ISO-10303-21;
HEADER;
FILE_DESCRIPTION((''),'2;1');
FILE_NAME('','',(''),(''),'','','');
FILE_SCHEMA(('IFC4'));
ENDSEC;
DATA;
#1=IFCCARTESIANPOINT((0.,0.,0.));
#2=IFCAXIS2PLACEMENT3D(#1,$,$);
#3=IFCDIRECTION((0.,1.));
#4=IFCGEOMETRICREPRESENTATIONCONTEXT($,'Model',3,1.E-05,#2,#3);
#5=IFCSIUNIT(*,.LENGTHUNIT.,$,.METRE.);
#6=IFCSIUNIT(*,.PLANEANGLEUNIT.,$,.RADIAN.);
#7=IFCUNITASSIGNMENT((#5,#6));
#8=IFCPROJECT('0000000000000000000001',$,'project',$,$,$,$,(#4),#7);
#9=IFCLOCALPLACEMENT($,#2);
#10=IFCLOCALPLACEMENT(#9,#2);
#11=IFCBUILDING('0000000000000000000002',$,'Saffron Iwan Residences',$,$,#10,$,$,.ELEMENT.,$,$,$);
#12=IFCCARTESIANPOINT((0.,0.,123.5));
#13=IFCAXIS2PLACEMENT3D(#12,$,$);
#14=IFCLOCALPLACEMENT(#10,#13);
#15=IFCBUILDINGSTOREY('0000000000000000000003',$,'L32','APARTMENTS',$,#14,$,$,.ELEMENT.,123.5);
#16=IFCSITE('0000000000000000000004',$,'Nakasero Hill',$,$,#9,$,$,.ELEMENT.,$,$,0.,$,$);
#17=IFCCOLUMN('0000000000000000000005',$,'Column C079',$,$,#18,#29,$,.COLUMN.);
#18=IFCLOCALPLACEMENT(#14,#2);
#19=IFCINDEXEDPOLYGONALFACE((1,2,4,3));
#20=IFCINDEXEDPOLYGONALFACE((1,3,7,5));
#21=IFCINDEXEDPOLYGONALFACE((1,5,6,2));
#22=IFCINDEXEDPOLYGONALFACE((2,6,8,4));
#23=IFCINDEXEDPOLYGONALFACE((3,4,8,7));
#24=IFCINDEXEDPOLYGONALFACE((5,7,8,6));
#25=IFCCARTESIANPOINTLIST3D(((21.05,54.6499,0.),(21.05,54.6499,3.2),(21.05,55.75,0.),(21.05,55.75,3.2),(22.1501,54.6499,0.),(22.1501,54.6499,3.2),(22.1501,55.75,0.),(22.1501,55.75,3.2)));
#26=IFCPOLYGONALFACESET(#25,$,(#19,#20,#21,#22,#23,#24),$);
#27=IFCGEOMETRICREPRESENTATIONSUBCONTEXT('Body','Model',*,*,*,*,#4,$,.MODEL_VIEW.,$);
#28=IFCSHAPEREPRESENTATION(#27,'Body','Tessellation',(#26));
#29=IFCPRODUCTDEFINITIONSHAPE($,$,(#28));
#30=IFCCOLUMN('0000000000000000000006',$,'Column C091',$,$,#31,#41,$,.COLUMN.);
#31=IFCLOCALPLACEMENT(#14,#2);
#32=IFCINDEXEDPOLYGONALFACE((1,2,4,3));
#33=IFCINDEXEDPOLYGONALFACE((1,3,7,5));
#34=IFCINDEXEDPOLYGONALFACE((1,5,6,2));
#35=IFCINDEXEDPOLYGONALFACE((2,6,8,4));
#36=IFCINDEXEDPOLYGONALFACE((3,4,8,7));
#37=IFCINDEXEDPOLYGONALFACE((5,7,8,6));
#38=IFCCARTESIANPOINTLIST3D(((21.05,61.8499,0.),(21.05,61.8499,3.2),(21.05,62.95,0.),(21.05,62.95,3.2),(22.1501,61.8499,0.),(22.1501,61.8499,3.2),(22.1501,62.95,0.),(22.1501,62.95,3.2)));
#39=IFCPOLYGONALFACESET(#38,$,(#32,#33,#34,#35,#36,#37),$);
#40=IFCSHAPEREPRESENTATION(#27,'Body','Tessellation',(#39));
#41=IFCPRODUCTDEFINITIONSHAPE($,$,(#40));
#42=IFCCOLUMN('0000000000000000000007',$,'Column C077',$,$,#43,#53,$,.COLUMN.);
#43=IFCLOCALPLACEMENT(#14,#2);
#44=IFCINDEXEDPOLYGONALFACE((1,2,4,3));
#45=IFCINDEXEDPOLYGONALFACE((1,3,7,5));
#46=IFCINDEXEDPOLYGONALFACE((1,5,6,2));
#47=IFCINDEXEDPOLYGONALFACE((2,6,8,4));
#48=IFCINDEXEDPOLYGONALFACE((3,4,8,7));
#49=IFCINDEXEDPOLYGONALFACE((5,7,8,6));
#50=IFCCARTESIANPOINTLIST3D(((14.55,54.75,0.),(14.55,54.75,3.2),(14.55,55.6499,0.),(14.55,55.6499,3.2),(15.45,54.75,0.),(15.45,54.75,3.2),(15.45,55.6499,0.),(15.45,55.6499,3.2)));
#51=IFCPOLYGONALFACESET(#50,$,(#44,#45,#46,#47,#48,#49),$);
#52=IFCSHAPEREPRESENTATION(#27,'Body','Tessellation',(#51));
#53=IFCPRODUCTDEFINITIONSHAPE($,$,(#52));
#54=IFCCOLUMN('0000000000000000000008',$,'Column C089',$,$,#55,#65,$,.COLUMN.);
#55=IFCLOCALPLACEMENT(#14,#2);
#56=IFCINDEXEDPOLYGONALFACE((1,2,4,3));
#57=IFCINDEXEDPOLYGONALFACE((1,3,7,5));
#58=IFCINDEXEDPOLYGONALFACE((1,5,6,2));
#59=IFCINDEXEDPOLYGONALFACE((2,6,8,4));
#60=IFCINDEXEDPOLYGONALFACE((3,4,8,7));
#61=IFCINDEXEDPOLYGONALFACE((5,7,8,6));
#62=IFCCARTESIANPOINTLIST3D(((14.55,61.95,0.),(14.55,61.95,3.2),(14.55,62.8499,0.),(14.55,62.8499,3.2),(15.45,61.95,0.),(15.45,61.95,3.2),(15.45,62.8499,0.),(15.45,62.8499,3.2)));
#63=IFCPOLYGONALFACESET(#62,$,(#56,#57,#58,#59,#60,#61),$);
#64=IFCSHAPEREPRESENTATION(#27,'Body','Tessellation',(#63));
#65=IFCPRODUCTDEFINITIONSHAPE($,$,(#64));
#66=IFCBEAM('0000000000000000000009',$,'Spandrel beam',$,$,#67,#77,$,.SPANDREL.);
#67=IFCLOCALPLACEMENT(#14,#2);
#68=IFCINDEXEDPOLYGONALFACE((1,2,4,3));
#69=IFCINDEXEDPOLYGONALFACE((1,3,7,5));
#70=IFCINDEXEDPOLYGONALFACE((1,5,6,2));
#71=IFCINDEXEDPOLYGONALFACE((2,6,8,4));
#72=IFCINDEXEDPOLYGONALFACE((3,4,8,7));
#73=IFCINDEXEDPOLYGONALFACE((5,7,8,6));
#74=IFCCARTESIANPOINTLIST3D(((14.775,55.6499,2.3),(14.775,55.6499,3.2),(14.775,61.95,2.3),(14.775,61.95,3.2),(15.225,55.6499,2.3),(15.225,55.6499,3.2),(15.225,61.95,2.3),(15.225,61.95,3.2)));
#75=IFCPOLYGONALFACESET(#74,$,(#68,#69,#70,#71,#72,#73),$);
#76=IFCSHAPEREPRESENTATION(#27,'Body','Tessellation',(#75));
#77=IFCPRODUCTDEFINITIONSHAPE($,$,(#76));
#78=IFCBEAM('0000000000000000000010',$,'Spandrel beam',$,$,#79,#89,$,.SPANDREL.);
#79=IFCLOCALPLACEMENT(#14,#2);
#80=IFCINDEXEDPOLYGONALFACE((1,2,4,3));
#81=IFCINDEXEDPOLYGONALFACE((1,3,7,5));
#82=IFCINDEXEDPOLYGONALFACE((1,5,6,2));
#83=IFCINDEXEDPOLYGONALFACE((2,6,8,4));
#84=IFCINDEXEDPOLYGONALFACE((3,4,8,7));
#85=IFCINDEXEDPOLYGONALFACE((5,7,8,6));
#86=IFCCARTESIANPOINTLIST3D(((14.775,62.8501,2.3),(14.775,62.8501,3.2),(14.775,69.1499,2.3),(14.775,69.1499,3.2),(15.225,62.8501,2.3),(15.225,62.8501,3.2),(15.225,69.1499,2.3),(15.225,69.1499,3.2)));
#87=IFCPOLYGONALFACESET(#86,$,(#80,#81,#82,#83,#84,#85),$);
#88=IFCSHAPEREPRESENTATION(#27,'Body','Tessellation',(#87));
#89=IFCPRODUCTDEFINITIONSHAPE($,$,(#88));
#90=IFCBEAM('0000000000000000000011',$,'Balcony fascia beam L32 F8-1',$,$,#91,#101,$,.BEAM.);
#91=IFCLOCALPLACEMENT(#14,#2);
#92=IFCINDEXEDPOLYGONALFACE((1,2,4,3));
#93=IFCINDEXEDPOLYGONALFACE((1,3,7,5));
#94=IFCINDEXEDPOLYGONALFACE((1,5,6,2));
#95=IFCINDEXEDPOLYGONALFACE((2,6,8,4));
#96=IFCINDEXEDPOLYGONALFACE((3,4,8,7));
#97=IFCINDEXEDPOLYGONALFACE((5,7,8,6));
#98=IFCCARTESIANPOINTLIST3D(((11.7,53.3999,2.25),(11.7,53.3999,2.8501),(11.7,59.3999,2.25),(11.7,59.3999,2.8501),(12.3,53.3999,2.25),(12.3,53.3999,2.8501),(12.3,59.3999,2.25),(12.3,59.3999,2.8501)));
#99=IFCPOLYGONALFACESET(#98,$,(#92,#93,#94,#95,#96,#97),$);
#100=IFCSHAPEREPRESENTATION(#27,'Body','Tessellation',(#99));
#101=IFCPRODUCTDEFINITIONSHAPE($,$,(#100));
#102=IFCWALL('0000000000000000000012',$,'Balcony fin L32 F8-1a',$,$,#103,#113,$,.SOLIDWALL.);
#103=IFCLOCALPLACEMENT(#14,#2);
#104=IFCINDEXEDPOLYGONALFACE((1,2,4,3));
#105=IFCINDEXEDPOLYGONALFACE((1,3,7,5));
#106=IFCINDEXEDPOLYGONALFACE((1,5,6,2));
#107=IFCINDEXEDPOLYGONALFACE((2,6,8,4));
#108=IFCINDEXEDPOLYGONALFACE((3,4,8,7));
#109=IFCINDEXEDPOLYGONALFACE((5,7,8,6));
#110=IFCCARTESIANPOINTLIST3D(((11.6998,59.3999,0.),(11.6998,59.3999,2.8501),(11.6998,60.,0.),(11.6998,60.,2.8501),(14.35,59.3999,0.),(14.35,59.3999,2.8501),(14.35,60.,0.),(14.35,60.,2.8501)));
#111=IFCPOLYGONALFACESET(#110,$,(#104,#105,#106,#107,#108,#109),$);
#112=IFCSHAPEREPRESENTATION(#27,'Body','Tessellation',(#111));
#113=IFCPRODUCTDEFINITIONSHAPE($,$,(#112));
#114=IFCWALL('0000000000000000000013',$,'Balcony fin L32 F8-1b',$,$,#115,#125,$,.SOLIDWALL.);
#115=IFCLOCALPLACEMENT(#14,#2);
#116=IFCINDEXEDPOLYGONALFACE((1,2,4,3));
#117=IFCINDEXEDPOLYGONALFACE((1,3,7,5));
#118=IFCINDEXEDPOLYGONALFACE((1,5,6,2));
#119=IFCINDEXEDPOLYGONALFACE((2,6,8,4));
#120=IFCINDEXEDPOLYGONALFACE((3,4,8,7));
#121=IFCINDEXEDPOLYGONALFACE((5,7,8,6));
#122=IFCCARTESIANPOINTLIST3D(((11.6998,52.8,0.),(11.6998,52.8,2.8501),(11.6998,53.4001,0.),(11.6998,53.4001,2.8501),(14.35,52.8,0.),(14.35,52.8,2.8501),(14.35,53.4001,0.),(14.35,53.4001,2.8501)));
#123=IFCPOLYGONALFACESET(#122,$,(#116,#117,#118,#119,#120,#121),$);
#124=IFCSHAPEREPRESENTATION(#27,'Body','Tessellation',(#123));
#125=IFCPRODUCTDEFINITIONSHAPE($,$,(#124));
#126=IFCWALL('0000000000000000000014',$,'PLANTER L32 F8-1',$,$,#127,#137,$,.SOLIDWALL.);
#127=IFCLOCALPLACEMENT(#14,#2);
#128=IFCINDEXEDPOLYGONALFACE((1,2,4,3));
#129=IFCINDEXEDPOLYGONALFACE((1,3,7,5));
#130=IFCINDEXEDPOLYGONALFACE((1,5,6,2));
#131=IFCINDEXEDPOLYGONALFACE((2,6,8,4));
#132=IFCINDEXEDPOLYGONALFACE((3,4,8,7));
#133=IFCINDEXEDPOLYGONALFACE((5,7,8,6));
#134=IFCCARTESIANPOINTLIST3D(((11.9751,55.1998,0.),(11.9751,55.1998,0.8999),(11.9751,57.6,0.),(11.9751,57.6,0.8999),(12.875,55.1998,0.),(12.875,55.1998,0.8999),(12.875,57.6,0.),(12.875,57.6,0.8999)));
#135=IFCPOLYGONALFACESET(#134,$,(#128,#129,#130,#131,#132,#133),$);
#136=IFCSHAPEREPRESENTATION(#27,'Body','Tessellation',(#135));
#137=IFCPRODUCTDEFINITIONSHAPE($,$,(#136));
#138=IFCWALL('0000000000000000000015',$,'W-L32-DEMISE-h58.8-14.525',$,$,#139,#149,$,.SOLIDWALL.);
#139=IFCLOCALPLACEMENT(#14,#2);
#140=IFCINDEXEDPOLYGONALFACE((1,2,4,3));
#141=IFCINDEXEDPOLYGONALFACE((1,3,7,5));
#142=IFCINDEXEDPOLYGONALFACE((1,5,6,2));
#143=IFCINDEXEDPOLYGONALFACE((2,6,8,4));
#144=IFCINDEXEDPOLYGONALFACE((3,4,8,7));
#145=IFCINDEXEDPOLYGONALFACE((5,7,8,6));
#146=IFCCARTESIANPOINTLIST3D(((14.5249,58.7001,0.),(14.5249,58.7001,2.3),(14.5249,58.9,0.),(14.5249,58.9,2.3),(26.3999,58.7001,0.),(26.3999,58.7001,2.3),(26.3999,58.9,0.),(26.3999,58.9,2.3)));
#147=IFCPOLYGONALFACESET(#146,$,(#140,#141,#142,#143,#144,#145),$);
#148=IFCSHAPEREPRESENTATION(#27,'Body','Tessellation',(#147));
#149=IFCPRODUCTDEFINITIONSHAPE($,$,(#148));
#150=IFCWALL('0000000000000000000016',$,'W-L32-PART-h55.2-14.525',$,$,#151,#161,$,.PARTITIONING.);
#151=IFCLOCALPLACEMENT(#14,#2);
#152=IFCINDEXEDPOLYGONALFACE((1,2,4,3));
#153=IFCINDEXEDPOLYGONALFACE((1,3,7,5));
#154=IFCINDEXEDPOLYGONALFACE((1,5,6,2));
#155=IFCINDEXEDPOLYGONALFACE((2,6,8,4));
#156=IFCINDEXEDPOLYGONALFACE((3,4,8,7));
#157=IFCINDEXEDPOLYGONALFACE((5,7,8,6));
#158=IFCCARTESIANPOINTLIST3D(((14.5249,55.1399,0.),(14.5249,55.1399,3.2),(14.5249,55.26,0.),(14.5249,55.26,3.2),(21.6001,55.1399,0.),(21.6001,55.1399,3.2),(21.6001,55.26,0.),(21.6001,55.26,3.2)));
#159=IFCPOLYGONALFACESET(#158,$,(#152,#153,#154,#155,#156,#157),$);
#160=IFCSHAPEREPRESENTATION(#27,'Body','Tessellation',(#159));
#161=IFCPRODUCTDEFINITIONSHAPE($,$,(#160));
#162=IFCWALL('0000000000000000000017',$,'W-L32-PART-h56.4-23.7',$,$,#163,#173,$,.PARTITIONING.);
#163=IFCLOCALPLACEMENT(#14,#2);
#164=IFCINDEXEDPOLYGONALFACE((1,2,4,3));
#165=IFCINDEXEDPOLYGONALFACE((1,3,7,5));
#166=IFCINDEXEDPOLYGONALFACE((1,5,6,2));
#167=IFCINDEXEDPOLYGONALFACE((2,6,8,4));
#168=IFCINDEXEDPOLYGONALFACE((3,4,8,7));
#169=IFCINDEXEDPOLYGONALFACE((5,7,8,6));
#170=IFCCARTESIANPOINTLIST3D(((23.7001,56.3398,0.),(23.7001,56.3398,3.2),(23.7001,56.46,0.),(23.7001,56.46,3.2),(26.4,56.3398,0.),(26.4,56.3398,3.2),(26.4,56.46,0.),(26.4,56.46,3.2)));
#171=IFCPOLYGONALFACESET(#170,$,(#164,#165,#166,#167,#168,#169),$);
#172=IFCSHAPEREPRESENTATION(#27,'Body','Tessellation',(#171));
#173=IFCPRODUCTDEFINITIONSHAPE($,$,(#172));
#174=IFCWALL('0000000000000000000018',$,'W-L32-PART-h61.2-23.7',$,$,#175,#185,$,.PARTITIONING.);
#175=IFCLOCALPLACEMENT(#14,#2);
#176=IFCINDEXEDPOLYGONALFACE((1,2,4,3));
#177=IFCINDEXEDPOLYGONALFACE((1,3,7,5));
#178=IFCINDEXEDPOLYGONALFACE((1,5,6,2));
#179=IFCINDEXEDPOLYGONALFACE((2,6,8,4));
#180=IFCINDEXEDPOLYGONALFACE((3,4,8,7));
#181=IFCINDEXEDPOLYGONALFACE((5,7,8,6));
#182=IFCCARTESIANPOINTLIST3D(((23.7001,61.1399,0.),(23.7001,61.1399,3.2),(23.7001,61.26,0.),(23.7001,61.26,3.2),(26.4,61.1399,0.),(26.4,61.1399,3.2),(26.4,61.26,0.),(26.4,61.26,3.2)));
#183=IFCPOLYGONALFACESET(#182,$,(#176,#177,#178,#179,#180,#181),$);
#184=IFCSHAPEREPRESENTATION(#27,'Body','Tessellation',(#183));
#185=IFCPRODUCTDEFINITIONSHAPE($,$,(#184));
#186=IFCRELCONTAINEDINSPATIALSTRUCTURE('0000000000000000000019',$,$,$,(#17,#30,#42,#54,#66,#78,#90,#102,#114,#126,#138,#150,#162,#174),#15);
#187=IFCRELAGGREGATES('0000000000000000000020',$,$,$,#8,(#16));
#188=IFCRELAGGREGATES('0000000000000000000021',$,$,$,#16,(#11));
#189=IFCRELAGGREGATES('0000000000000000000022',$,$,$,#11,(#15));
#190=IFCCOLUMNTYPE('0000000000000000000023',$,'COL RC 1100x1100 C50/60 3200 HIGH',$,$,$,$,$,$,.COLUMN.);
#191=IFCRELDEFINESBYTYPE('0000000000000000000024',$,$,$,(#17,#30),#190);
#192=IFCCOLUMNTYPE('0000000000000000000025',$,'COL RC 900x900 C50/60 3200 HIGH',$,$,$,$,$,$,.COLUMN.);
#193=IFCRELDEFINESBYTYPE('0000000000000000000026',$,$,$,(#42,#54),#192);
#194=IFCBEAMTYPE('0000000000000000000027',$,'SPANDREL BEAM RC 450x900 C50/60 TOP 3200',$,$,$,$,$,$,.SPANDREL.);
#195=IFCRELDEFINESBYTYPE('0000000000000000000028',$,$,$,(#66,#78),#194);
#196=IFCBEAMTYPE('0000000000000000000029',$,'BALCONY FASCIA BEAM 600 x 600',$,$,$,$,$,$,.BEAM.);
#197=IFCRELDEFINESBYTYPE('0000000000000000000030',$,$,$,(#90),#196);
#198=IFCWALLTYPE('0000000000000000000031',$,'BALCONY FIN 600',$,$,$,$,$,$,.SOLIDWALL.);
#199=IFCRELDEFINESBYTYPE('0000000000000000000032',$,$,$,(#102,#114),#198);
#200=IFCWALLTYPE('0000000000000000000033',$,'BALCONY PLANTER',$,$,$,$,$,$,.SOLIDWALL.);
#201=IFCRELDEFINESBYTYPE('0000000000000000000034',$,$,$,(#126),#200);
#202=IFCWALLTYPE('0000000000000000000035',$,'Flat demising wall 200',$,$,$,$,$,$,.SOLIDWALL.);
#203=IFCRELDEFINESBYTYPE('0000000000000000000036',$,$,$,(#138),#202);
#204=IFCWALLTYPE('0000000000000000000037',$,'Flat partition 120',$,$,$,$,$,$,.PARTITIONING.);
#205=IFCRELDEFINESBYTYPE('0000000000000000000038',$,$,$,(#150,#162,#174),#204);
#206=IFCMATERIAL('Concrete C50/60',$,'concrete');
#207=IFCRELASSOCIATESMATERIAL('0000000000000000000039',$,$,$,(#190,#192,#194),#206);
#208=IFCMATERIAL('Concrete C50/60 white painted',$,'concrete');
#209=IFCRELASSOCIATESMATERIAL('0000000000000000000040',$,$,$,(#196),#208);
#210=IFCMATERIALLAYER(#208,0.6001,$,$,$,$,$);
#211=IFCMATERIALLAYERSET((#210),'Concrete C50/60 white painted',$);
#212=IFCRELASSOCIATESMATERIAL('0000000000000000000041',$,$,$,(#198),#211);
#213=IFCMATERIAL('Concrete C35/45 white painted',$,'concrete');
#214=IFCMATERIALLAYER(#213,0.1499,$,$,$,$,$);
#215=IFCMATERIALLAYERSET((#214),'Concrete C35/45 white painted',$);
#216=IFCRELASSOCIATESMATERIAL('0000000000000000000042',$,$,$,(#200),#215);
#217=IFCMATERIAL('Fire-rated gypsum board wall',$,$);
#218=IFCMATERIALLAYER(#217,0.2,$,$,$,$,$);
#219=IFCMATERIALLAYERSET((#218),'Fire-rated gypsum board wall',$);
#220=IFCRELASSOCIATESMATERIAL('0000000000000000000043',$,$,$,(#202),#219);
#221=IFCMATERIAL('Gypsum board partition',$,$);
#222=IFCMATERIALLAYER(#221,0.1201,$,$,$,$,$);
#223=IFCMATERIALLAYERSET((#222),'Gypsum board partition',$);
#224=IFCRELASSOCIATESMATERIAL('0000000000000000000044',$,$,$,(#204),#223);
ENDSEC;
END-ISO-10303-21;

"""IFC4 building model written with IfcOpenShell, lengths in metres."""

from ifc_helpers import new_model, si_unit, direction, frame, frame_2d, origin, origin_2d, place, context, subcontext, project, spatial, rectangle, extrude, source, transform, mapped, material, layer, layer_set, material_profile, profile_set, type_object, element, save


model = new_model("IFC4")

# Units and contexts
model_context = context("Model", 3, precision=1e-05, world=origin(), true_north=direction((0.0, 1.0)))
body_context = subcontext(model_context, "Body", "Model", "MODEL_VIEW")
ifc_project = project(units=[si_unit("LENGTHUNIT", "METRE"), si_unit("PLANEANGLEUNIT", "RADIAN")], contexts=[model_context])

# Site, building, storey
site_placement = place(None, origin())
site = spatial("IfcSite", under=ifc_project, at=site_placement, Name="Nakasero Hill", CompositionType="ELEMENT", RefElevation=0.0)
building_placement = place(site_placement, origin())
building = spatial("IfcBuilding", under=site, at=building_placement, Name="Saffron Iwan Residences", CompositionType="ELEMENT")
storey_placement = place(building_placement, frame((0.0, 0.0, 123.5)))
storey = spatial("IfcBuildingStorey", under=building, at=storey_placement, Name="L32", Description="APARTMENTS", CompositionType="ELEMENT", Elevation=123.5)

# Columns
ifc_material_1 = material(Name="Concrete C50/60", Category="concrete")
ifc_material_profile_1 = material_profile(ifc_material_1, rectangle(XDim=1.1001, YDim=1.1001, at=origin_2d()), Name="RC 1100x1100")
ifc_profile_set_1 = profile_set([ifc_material_profile_1], Name="Concrete C50/60")
column_type_1 = type_object("IfcColumnType", Name="COL RC 1100x1100 C50/60 3200 HIGH", PredefinedType="COLUMN", material=ifc_profile_set_1)
shared_shape_1 = source(origin(), body_context, "Body", "SweptSolid", [
    extrude(rectangle(XDim=1.1001, YDim=1.1001, at=origin_2d()), origin(), (0.0, 0.0, 1.0), 3.2),
])
for number, where, z_axis, x_axis, name in (
    (1, (21.6001, 55.2, 0.0), (0.0, 0.0, 1.0), (1.0, 0.0, 0.0), "Column C079"),
    (2, (21.6001, 62.3999, 0.0), (0.0, 0.0, 1.0), (1.0, 0.0, 0.0), "Column C091"),
):
    element("IfcColumn", number, at=place(storey_placement, frame(where, z_axis=z_axis, x_axis=x_axis)), inside=storey, type_object=column_type_1, Name=name, PredefinedType="COLUMN", context=body_context, shape_type="MappedRepresentation", body=[
        mapped(shared_shape_1, transform((0.0, 0.0, 0.0))),
    ])
ifc_material_profile_2 = material_profile(ifc_material_1, rectangle(XDim=0.8999, YDim=0.8999, at=origin_2d()), Name="RC 900x900")
ifc_profile_set_2 = profile_set([ifc_material_profile_2], Name="Concrete C50/60")
column_type_2 = type_object("IfcColumnType", Name="COL RC 900x900 C50/60 3200 HIGH", PredefinedType="COLUMN", material=ifc_profile_set_2)
shared_shape_2 = source(origin(), body_context, "Body", "SweptSolid", [
    extrude(rectangle(XDim=0.8999, YDim=0.8999, at=origin_2d()), origin(), (0.0, 0.0, 1.0), 3.2),
])
for number, where, z_axis, x_axis, name in (
    (3, (15.0, 55.2, 0.0), (0.0, 0.0, 1.0), (1.0, 0.0, 0.0), "Column C077"),
    (4, (15.0, 62.3999, 0.0), (0.0, 0.0, 1.0), (1.0, 0.0, 0.0), "Column C089"),
):
    element("IfcColumn", number, at=place(storey_placement, frame(where, z_axis=z_axis, x_axis=x_axis)), inside=storey, type_object=column_type_2, Name=name, PredefinedType="COLUMN", context=body_context, shape_type="MappedRepresentation", body=[
        mapped(shared_shape_2, transform((0.0, 0.0, 0.0))),
    ])

# Beams
ifc_material_profile_3 = material_profile(ifc_material_1, rectangle(XDim=0.45, YDim=0.8999, at=origin_2d()), Name="RC 450x900")
ifc_profile_set_3 = profile_set([ifc_material_profile_3], Name="Concrete C50/60")
beam_type_1 = type_object("IfcBeamType", Name="SPANDREL BEAM RC 450x900 C50/60 TOP 3200", PredefinedType="SPANDREL", material=ifc_profile_set_3)
shared_shape_3 = source(origin(), body_context, "Body", "SweptSolid", [
    extrude(rectangle(XDim=0.45, YDim=0.8999, at=origin_2d()), origin(), (0.0, 0.0, 1.0), 6.3),
])
beam_1_placement = place(storey_placement, frame((15.0, 55.6499, 2.75), z_axis=(0.0, 1.0, 0.0), x_axis=(-1.0, 0.0, 0.0)))
element("IfcBeam", 5, at=beam_1_placement, inside=storey, type_object=beam_type_1, Name="Spandrel beam", PredefinedType="SPANDREL", context=body_context, shape_type="MappedRepresentation", body=[
    mapped(shared_shape_3, transform((0.0, 0.0, 0.0))),
])
shared_shape_4 = source(origin(), body_context, "Body", "SweptSolid", [
    extrude(rectangle(XDim=0.45, YDim=0.8999, at=origin_2d()), origin(), (0.0, 0.0, 1.0), 6.2998),
])
beam_2_placement = place(storey_placement, frame((15.0, 62.8501, 2.75), z_axis=(0.0, 1.0, 0.0), x_axis=(-1.0, 0.0, 0.0)))
element("IfcBeam", 6, at=beam_2_placement, inside=storey, type_object=beam_type_1, Name="Spandrel beam", PredefinedType="SPANDREL", context=body_context, shape_type="MappedRepresentation", body=[
    mapped(shared_shape_4, transform((0.0, 0.0, 0.0))),
])
ifc_material_2 = material(Name="Concrete C50/60 white painted", Category="concrete")
ifc_material_profile_4 = material_profile(ifc_material_2, rectangle(XDim=0.6001, YDim=0.6001, at=origin_2d()), Name="BALCONY FASCIA BEAM 600 x 600")
ifc_profile_set_4 = profile_set([ifc_material_profile_4], Name="Concrete C50/60 white painted")
beam_type_2 = type_object("IfcBeamType", Name="BALCONY FASCIA BEAM 600 x 600", PredefinedType="BEAM", material=ifc_profile_set_4)
shared_shape_5 = source(origin(), body_context, "Body", "SweptSolid", [
    extrude(rectangle(XDim=0.6001, YDim=0.6001, at=origin_2d()), origin(), (0.0, 0.0, 1.0), 6.0),
])
beam_3_placement = place(storey_placement, frame((12.0, 59.3999, 2.55), z_axis=(0.0, -1.0, 0.0), x_axis=(1.0, 0.0, 0.0)))
element("IfcBeam", 7, at=beam_3_placement, inside=storey, type_object=beam_type_2, Name="Balcony fascia beam L32 F8-1", PredefinedType="BEAM", context=body_context, shape_type="MappedRepresentation", body=[
    mapped(shared_shape_5, transform((0.0, 0.0, 0.0))),
])

# Walls
ifc_layer_1 = layer(ifc_material_2, 0.6001)
ifc_layer_set_1 = layer_set([ifc_layer_1], Name="Concrete C50/60 white painted")
wall_type_1 = type_object("IfcWallType", Name="BALCONY FIN 600", PredefinedType="SOLIDWALL", material=ifc_layer_set_1)
for number, where, z_axis, x_axis, name in (
    (8, (14.3501, 59.7, 0.0), (0.0, 0.0, 1.0), (-1.0, 0.0, 0.0), "Balcony fin L32 F8-1a"),
    (9, (14.3501, 53.1001, 0.0), (0.0, 0.0, 1.0), (-1.0, 0.0, 0.0), "Balcony fin L32 F8-1b"),
):
    element("IfcWall", number, at=place(storey_placement, frame(where, z_axis=z_axis, x_axis=x_axis)), inside=storey, type_object=wall_type_1, Name=name, PredefinedType="SOLIDWALL", context=body_context, shape_type="SweptSolid", body=[
        extrude(rectangle(XDim=2.6501, YDim=0.6001, at=frame_2d((1.3252, 0.0))), origin(), (0.0, 0.0, 1.0), 2.8501),
    ])
ifc_material_3 = material(Name="Concrete C35/45 white painted", Category="concrete")
ifc_layer_2 = layer(ifc_material_3, 0.1499)
ifc_layer_set_2 = layer_set([ifc_layer_2], Name="Concrete C35/45 white painted")
wall_type_2 = type_object("IfcWallType", Name="BALCONY PLANTER", PredefinedType="SOLIDWALL", material=ifc_layer_set_2)
wall_1_placement = place(storey_placement, frame((12.425, 57.6001, 0.0), z_axis=(0.0, 0.0, 1.0), x_axis=(0.0, -1.0, 0.0)))
element("IfcWall", 10, at=wall_1_placement, inside=storey, type_object=wall_type_2, Name="PLANTER L32 F8-1", PredefinedType="SOLIDWALL", context=body_context, shape_type="SweptSolid", body=[
    extrude(rectangle(XDim=2.4001, YDim=0.8999, at=frame_2d((1.2002, 0.0))), origin(), (0.0, 0.0, 1.0), 0.8999),
])
ifc_material_4 = material(Name="Fire-rated gypsum board wall")
ifc_layer_3 = layer(ifc_material_4, 0.2)
ifc_layer_set_3 = layer_set([ifc_layer_3], Name="Fire-rated gypsum board wall")
wall_type_3 = type_object("IfcWallType", Name="Flat demising wall 200", PredefinedType="SOLIDWALL", material=ifc_layer_set_3)
wall_2_placement = place(storey_placement, frame((14.5249, 58.8, 0.0), z_axis=(0.0, 0.0, 1.0), x_axis=(1.0, 0.0, 0.0)))
element("IfcWall", 11, at=wall_2_placement, inside=storey, type_object=wall_type_3, Name="W-L32-DEMISE-h58.8-14.525", PredefinedType="SOLIDWALL", context=body_context, shape_type="SweptSolid", body=[
    extrude(rectangle(XDim=11.875, YDim=0.2, at=frame_2d((5.9375, 0.0))), origin(), (0.0, 0.0, 1.0), 2.3),
])
ifc_material_5 = material(Name="Gypsum board partition")
ifc_layer_4 = layer(ifc_material_5, 0.1201)
ifc_layer_set_4 = layer_set([ifc_layer_4], Name="Gypsum board partition")
wall_type_4 = type_object("IfcWallType", Name="Flat partition 120", PredefinedType="PARTITIONING", material=ifc_layer_set_4)
wall_3_placement = place(storey_placement, frame((14.5249, 55.2, 0.0), z_axis=(0.0, 0.0, 1.0), x_axis=(1.0, 0.0, 0.0)))
element("IfcWall", 12, at=wall_3_placement, inside=storey, type_object=wall_type_4, Name="W-L32-PART-h55.2-14.525", PredefinedType="PARTITIONING", context=body_context, shape_type="SweptSolid", body=[
    extrude(rectangle(XDim=7.0752, YDim=0.1201, at=frame_2d((3.5376, 0.0))), origin(), (0.0, 0.0, 1.0), 3.2),
])
for number, where, z_axis, x_axis, name in (
    (13, (23.7, 56.3999, 0.0), (0.0, 0.0, 1.0), (1.0, 0.0, 0.0), "W-L32-PART-h56.4-23.7"),
    (14, (23.7, 61.2, 0.0), (0.0, 0.0, 1.0), (1.0, 0.0, 0.0), "W-L32-PART-h61.2-23.7"),
):
    element("IfcWall", number, at=place(storey_placement, frame(where, z_axis=z_axis, x_axis=x_axis)), inside=storey, type_object=wall_type_4, Name=name, PredefinedType="PARTITIONING", context=body_context, shape_type="SweptSolid", body=[
        extrude(rectangle(XDim=2.7, YDim=0.1201, at=frame_2d((1.3501, 0.0))), origin(), (0.0, 0.0, 1.0), 3.2),
    ])

save(model, "model.ifc")
